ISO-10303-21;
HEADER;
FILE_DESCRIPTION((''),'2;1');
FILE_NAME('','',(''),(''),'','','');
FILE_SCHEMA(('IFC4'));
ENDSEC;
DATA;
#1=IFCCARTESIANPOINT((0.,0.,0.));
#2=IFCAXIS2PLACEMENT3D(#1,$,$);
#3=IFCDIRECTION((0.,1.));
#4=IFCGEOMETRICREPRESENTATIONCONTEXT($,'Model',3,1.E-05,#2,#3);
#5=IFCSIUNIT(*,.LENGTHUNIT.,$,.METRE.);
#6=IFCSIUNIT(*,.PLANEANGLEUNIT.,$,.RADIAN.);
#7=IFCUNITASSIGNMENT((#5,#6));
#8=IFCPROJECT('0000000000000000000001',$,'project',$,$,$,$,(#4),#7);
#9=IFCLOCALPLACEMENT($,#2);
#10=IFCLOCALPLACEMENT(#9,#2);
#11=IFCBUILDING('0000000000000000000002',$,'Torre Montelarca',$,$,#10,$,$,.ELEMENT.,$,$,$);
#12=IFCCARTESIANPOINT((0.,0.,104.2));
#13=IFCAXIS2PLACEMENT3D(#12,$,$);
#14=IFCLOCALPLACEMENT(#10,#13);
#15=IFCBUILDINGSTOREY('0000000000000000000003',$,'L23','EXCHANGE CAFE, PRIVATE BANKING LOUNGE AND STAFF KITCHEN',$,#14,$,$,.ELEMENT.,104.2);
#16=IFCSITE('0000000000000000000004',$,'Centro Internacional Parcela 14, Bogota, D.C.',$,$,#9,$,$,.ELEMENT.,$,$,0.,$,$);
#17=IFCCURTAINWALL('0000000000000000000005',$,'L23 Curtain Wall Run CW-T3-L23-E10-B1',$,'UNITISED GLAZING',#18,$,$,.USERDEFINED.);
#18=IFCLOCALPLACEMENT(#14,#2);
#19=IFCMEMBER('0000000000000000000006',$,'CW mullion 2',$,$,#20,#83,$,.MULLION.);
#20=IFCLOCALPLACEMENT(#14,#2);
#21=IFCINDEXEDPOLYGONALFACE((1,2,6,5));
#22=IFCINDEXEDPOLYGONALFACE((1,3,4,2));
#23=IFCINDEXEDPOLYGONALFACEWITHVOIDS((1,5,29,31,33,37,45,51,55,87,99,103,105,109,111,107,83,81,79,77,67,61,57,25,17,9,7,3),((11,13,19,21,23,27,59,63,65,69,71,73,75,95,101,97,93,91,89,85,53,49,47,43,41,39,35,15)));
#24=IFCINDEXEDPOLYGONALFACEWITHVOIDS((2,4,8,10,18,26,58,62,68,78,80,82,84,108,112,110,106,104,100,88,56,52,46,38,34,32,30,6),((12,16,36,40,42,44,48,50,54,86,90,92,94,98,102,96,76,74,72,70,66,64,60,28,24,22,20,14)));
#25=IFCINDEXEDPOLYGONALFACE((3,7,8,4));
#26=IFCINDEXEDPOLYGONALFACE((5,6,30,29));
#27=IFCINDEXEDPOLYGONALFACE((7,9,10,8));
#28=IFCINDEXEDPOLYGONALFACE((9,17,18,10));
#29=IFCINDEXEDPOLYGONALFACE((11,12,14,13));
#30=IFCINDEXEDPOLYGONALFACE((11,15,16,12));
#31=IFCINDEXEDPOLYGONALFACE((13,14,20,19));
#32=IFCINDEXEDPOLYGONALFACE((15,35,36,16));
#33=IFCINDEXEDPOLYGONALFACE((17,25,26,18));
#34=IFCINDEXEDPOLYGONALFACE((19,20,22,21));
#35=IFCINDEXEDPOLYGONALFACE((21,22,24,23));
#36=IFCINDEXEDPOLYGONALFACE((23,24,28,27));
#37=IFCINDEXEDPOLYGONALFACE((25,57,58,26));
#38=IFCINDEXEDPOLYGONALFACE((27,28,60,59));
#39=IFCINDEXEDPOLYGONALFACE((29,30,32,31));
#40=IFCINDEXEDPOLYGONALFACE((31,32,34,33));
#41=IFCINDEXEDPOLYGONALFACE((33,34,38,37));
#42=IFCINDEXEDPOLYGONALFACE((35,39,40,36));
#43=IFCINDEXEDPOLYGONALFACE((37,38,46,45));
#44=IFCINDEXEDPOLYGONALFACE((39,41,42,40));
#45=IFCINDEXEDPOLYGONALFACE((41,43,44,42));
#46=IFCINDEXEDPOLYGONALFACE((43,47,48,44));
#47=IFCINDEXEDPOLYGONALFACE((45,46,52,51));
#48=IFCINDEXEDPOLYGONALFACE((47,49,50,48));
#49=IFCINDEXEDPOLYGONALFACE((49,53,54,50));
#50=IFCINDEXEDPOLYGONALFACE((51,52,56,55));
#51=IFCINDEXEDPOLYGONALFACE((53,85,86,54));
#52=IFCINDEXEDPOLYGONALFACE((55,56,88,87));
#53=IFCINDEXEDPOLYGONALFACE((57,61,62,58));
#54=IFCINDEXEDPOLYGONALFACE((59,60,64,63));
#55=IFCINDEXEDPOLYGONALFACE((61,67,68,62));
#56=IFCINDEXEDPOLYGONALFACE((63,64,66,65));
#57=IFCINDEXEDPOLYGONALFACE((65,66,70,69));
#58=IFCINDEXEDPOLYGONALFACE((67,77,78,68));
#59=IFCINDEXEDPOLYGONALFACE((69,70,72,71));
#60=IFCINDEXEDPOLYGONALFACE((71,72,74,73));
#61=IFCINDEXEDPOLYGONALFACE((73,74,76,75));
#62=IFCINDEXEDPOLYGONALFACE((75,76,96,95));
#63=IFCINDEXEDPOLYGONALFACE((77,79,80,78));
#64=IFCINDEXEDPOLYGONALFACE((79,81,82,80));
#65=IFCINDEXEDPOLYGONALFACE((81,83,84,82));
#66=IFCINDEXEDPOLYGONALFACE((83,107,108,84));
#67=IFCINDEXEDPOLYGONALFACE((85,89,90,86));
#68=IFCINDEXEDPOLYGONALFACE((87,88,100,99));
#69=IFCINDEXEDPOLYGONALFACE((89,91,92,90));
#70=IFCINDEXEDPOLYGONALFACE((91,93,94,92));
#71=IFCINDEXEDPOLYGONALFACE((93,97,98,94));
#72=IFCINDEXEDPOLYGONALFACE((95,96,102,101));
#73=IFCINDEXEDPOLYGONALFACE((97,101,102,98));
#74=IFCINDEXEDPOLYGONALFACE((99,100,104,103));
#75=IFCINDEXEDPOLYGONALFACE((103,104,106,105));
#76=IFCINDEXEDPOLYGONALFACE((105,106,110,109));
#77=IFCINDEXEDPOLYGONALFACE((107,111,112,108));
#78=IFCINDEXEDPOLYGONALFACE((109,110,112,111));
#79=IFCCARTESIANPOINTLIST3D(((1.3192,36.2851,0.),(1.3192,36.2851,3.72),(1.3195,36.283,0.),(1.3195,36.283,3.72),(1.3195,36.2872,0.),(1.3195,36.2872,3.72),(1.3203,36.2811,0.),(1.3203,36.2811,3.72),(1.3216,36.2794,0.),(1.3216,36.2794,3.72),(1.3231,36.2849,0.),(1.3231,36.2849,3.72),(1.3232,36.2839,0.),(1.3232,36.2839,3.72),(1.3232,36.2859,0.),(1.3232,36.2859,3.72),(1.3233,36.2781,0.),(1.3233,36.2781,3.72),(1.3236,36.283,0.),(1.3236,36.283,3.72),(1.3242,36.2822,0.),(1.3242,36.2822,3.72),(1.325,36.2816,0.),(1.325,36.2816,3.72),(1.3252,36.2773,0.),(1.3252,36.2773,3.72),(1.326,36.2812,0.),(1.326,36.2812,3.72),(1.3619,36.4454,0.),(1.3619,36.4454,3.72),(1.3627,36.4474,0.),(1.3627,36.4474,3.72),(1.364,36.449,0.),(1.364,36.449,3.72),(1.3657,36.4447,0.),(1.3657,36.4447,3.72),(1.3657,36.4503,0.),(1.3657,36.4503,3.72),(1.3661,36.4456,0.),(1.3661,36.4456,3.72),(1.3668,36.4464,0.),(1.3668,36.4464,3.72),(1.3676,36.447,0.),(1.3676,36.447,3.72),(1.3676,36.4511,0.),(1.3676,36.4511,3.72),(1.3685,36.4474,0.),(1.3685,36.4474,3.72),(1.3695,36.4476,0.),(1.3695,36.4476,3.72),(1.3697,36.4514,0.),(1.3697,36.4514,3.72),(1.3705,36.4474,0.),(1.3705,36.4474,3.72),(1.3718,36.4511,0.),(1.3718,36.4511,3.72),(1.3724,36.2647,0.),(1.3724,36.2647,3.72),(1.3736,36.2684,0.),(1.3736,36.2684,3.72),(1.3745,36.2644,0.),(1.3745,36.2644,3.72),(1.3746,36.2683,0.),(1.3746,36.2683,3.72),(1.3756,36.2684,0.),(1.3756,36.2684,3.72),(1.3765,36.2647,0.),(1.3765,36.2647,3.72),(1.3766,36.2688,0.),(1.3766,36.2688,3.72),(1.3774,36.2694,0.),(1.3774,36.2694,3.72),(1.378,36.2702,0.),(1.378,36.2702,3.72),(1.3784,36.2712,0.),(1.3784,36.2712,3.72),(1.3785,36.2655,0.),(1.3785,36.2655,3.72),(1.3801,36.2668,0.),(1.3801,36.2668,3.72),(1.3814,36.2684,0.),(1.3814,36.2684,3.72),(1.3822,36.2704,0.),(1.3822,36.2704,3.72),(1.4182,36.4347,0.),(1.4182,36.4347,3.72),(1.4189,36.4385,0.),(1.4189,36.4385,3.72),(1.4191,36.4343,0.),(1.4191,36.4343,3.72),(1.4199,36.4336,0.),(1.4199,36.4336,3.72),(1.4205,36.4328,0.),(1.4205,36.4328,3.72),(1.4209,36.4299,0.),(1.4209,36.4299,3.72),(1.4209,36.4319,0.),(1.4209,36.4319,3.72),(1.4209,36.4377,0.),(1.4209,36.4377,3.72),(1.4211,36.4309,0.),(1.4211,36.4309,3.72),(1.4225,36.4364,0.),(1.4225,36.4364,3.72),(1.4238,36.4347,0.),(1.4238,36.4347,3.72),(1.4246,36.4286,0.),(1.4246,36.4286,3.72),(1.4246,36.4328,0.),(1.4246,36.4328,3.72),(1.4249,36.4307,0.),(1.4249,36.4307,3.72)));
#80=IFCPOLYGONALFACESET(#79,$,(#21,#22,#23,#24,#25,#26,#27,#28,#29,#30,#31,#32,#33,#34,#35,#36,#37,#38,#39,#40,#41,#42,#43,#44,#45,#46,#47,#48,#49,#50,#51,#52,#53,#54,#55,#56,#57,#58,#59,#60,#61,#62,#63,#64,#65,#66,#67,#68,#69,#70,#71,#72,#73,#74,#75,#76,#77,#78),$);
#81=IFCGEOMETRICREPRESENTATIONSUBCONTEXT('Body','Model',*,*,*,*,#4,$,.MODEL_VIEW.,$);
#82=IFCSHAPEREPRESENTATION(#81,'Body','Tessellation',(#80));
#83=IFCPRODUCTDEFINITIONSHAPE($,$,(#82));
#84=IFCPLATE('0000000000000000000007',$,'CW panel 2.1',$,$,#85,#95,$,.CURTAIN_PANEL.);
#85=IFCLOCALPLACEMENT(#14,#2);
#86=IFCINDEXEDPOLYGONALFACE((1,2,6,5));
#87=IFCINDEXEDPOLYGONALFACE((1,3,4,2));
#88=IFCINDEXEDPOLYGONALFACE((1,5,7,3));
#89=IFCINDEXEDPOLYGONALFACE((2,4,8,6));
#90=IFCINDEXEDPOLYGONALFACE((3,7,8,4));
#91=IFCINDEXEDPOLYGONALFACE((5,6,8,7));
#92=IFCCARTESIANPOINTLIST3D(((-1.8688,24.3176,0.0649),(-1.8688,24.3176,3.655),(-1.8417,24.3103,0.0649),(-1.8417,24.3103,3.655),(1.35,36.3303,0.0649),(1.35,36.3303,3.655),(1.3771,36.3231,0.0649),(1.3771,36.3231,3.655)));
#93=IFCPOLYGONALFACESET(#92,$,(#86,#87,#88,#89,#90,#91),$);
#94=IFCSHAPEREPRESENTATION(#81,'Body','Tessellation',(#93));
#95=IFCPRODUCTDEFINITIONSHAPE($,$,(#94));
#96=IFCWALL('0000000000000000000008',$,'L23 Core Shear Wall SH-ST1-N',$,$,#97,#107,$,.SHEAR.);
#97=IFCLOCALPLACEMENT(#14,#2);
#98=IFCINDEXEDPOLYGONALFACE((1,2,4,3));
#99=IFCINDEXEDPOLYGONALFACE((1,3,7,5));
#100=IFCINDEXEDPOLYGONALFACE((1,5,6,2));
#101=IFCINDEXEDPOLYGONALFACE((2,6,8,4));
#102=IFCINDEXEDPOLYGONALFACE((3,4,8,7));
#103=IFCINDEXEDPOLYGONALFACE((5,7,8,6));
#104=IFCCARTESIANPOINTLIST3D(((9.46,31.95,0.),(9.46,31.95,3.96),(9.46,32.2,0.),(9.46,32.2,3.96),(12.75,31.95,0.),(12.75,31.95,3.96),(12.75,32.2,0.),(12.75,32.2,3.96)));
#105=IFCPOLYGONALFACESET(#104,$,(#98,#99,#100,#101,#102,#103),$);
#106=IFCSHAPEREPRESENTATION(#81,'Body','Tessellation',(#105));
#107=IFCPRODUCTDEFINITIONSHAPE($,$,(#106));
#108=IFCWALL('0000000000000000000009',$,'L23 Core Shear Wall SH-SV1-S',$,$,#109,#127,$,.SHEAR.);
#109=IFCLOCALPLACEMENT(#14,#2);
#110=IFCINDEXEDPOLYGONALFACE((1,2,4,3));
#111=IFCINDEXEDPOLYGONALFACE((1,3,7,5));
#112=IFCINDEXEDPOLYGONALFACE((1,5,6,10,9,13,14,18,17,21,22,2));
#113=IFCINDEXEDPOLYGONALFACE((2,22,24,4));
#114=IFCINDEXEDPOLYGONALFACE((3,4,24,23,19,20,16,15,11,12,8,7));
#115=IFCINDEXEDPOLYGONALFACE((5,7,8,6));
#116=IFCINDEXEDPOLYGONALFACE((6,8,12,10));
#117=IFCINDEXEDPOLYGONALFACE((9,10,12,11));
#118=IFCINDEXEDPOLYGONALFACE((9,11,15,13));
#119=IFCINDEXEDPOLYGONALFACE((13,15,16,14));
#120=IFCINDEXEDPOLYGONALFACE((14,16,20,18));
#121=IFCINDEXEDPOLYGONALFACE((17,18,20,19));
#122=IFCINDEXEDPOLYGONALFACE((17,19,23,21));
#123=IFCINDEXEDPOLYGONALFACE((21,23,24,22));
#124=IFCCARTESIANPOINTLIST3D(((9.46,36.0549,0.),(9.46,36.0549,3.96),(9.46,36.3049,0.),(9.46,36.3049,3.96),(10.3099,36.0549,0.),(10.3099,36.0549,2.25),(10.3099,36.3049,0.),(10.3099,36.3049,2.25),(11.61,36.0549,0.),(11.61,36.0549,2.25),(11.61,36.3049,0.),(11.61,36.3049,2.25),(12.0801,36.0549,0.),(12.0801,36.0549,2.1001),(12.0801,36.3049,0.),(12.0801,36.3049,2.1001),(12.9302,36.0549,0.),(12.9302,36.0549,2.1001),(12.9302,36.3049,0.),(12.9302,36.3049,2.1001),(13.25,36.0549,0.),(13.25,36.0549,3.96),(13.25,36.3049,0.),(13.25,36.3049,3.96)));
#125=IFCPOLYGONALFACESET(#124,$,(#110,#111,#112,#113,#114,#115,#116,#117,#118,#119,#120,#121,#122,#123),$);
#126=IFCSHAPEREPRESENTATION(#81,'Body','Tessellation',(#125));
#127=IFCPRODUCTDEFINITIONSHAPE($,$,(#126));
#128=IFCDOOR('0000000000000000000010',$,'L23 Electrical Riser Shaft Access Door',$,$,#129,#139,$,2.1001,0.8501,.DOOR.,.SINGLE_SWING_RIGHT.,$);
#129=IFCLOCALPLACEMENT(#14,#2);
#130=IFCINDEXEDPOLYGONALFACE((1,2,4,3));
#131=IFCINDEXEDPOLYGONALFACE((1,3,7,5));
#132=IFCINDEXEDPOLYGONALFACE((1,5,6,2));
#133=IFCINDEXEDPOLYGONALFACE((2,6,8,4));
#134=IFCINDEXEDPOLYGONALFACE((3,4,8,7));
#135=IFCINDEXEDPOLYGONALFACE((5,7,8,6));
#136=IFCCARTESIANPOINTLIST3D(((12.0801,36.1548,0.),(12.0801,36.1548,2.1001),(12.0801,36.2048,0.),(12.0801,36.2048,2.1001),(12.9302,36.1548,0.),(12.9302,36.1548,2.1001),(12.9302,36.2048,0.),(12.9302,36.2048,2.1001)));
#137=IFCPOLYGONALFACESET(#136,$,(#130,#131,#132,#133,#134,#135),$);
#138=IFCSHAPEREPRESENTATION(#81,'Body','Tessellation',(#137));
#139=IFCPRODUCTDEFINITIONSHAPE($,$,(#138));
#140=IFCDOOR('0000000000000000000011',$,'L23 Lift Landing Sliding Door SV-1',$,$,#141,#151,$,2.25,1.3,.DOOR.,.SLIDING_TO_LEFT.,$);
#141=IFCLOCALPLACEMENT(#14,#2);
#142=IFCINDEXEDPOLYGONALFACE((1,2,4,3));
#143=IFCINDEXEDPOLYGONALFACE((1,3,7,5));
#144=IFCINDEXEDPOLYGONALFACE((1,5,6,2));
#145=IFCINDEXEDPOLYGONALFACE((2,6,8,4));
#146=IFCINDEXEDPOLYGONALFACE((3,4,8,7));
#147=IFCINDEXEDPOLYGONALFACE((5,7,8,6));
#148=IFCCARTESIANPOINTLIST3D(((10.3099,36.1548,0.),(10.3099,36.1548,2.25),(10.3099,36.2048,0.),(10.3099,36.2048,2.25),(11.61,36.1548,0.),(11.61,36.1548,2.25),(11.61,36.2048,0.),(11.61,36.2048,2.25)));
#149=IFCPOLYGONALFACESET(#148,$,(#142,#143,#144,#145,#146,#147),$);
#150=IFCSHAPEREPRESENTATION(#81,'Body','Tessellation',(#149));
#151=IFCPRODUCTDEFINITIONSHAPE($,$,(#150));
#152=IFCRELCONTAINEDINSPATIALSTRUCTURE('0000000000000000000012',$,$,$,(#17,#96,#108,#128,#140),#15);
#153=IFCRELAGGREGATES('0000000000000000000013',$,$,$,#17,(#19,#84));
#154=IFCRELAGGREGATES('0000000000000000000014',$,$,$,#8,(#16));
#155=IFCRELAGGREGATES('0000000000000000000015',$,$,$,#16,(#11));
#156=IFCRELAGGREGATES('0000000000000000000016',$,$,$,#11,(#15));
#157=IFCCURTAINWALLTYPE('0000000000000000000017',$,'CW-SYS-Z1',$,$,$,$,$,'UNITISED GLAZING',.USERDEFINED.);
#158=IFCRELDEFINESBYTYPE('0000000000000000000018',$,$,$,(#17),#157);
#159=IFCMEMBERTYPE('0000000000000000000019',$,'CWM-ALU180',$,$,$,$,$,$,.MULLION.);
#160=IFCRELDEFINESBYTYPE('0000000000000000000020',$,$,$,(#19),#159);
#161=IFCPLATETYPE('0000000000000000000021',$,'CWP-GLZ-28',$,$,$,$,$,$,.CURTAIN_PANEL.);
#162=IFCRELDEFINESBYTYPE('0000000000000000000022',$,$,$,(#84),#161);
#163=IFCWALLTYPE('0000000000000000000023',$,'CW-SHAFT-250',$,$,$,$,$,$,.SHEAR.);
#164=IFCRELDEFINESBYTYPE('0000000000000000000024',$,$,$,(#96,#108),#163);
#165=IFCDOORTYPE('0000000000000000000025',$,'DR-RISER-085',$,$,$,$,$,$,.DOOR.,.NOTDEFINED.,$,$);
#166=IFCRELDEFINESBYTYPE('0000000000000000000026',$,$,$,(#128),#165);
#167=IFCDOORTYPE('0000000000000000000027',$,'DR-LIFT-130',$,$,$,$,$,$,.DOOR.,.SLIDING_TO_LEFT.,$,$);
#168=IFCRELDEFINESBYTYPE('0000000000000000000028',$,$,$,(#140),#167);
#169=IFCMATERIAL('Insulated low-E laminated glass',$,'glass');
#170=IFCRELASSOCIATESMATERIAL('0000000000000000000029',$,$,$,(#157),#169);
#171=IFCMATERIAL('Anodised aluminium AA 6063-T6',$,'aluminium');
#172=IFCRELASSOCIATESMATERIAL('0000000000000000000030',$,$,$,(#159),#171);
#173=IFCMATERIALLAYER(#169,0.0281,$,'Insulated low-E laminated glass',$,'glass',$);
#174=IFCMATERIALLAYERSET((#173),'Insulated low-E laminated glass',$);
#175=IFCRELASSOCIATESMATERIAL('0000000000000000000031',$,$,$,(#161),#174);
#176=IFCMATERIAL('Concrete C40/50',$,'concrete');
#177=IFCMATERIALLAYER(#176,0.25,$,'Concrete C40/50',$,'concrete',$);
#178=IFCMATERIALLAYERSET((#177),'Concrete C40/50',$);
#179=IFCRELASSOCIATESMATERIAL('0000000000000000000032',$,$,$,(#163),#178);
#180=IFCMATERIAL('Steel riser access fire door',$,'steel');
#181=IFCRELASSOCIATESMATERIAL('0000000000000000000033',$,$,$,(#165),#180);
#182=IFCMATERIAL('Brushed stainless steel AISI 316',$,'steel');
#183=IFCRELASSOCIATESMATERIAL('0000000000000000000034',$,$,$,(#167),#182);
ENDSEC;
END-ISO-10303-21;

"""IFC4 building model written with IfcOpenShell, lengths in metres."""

from ifc_helpers import new_model, si_unit, direction, frame, frame_2d, origin, origin_2d, place, context, subcontext, project, spatial, rectangle, hollow_rectangle, extrude, source, transform, mapped, material, layer, layer_set, material_profile, profile_set, type_object, element, fill, aggregate, save


model = new_model("IFC4")

# Units and contexts
model_context = context("Model", 3, precision=1e-05, world=origin(), true_north=direction((0.0, 1.0)))
body_context = subcontext(model_context, "Body", "Model", "MODEL_VIEW")
ifc_project = project(units=[si_unit("LENGTHUNIT", "METRE"), si_unit("PLANEANGLEUNIT", "RADIAN")], contexts=[model_context])

# Site, building, storey
site_placement = place(None, origin())
site = spatial("IfcSite", under=ifc_project, at=site_placement, Name="Centro Internacional Parcela 14, Bogota, D.C.", CompositionType="ELEMENT", RefElevation=0.0)
building_placement = place(site_placement, origin())
building = spatial("IfcBuilding", under=site, at=building_placement, Name="Torre Montelarca", CompositionType="ELEMENT")
storey_placement = place(building_placement, frame((0.0, 0.0, 104.2)))
storey = spatial("IfcBuildingStorey", under=building, at=storey_placement, Name="L23", Description="EXCHANGE CAFE, PRIVATE BANKING LOUNGE AND STAFF KITCHEN", CompositionType="ELEMENT", Elevation=104.2)

# Curtain wall, member, plate
ifc_material_1 = material(Name="Insulated low-E laminated glass", Category="glass")
curtain_wall_type = type_object("IfcCurtainWallType", Name="CW-SYS-Z1", ElementType="UNITISED GLAZING", PredefinedType="USERDEFINED", material=ifc_material_1)
curtain_wall_placement = place(storey_placement, origin())
curtain_wall = element("IfcCurtainWall", 1, at=curtain_wall_placement, inside=storey, type_object=curtain_wall_type, Name="L23 Curtain Wall Run CW-T3-L23-E10-B1", ObjectType="UNITISED GLAZING", PredefinedType="USERDEFINED")
ifc_material_2 = material(Name="Anodised aluminium AA 6063-T6", Category="aluminium")
ifc_material_profile_1 = material_profile(ifc_material_2, hollow_rectangle(XDim=0.0649, YDim=0.1799, WallThickness=0.0039, InnerFilletRadius=0.0039, OuterFilletRadius=0.0081, at=origin_2d()), Name="ALU65X180X4", Category="aluminium")
ifc_profile_set_1 = profile_set([ifc_material_profile_1], Name="Anodised aluminium AA 6063-T6")
member_type_1 = type_object("IfcMemberType", Name="CWM-ALU180", PredefinedType="MULLION", material=ifc_profile_set_1)
shared_shape_1 = source(origin(), body_context, "Body", "SweptSolid", [
    extrude(hollow_rectangle(XDim=0.0649, YDim=0.1799, WallThickness=0.0039, InnerFilletRadius=0.0039, OuterFilletRadius=0.0081, at=origin_2d()), origin(), (0.0, 0.0, 1.0), 3.72),
])
member_1_placement = place(storey_placement, frame((1.3721, 36.3579, 0.0), z_axis=(0.0, 0.0, 1.0), x_axis=(0.965926, -0.258818, 0.0)))
member_1 = element("IfcMember", 2, at=member_1_placement, type_object=member_type_1, Name="CW mullion 2", PredefinedType="MULLION", context=body_context, shape_type="MappedRepresentation", body=[
    mapped(shared_shape_1, transform((0.0, 0.0, 0.0), scale=1.0)),
])
ifc_layer_1 = layer(ifc_material_1, 0.0281, Name="Insulated low-E laminated glass", Category="glass")
ifc_layer_set_1 = layer_set([ifc_layer_1], Name="Insulated low-E laminated glass")
plate_type = type_object("IfcPlateType", Name="CWP-GLZ-28", PredefinedType="CURTAIN_PANEL", material=ifc_layer_set_1)
shared_shape_2 = source(origin(), body_context, "Body", "SweptSolid", [
    extrude(rectangle(XDim=12.4365, YDim=0.0281, at=origin_2d()), origin(), (0.0, 0.0, 1.0), 3.5901),
])
plate_placement = place(storey_placement, frame((-0.2458, 30.3203, 0.0649), z_axis=(0.0, 0.0, 1.0), x_axis=(-0.258818, -0.965926, 0.0)))
plate = element("IfcPlate", 3, at=plate_placement, type_object=plate_type, Name="CW panel 2.1", PredefinedType="CURTAIN_PANEL", context=body_context, shape_type="MappedRepresentation", body=[
    mapped(shared_shape_2, transform((0.0, 0.0, 0.0), scale=1.0)),
])
aggregate(curtain_wall, [member_1, plate])

# Wall
ifc_material_3 = material(Name="Concrete C40/50", Category="concrete")
ifc_layer_2 = layer(ifc_material_3, 0.25, Name="Concrete C40/50", Category="concrete")
ifc_layer_set_2 = layer_set([ifc_layer_2], Name="Concrete C40/50")
wall_type_1 = type_object("IfcWallType", Name="CW-SHAFT-250", PredefinedType="SHEAR", material=ifc_layer_set_2)
wall_1_placement = place(storey_placement, frame((9.46, 32.075, 0.0), z_axis=(0.0, 0.0, 1.0), x_axis=(1.0, 0.0, 0.0)))
element("IfcWall", 4, at=wall_1_placement, inside=storey, type_object=wall_type_1, Name="L23 Core Shear Wall SH-ST1-N", PredefinedType="SHEAR", context=body_context, shape_type="SweptSolid", body=[
    extrude(rectangle(XDim=3.29, YDim=0.25, at=frame_2d((1.645, 0.0))), origin(), (0.0, 0.0, 1.0), 3.96),
])

# Wall, openings, doors
wall_2_placement = place(storey_placement, frame((9.46, 36.1799, 0.0), z_axis=(0.0, 0.0, 1.0), x_axis=(1.0, 0.0, 0.0)))
wall_2 = element("IfcWall", 5, at=wall_2_placement, inside=storey, type_object=wall_type_1, Name="L23 Core Shear Wall SH-SV1-S", PredefinedType="SHEAR", context=body_context, shape_type="SweptSolid", body=[
    extrude(rectangle(XDim=3.79, YDim=0.25, at=frame_2d((1.895, 0.0))), origin(), (0.0, 0.0, 1.0), 3.96),
])
opening_1_placement = place(wall_2_placement, frame((2.6201, 0.0, 0.0)))
opening_1 = element("IfcOpeningElement", 6, at=opening_1_placement, cuts=wall_2, PredefinedType="OPENING", context=body_context, shape_type="SweptSolid", body=[
    extrude(rectangle(XDim=0.8501, YDim=2.1001, at=frame_2d((0.425, 1.05))), frame((0.0, 0.135, 0.0), z_axis=(0.0, -1.0, 0.0), x_axis=(1.0, 0.0, 0.0)), (0.0, 0.0, 1.0), 0.27),
])
opening_2_placement = place(wall_2_placement, frame((0.8501, 0.0, 0.0)))
opening_2 = element("IfcOpeningElement", 7, at=opening_2_placement, cuts=wall_2, PredefinedType="OPENING", context=body_context, shape_type="SweptSolid", body=[
    extrude(rectangle(XDim=1.3, YDim=2.25, at=frame_2d((0.6499, 1.125))), frame((0.0, 0.135, 0.0), z_axis=(0.0, -1.0, 0.0), x_axis=(1.0, 0.0, 0.0)), (0.0, 0.0, 1.0), 0.27),
])
ifc_material_4 = material(Name="Steel riser access fire door", Category="steel")
door_type_1 = type_object("IfcDoorType", Name="DR-RISER-085", OperationType="NOTDEFINED", PredefinedType="DOOR", material=ifc_material_4)
shared_shape_3 = source(origin(), body_context, "Body", "SweptSolid", [
    extrude(rectangle(XDim=0.8501, YDim=2.1001, at=frame_2d((0.425, 1.05))), frame((0.0, 0.0249, 0.0), z_axis=(0.0, -1.0, 0.0), x_axis=(1.0, 0.0, 0.0)), (0.0, 0.0, 1.0), 0.05),
])
door_1_placement = place(opening_1_placement, origin())
door_1 = element("IfcDoor", 8, at=door_1_placement, inside=storey, type_object=door_type_1, Name="L23 Electrical Riser Shaft Access Door", OperationType="SINGLE_SWING_RIGHT", OverallHeight=2.1001, OverallWidth=0.8501, PredefinedType="DOOR", context=body_context, shape_type="MappedRepresentation", body=[
    mapped(shared_shape_3, transform((0.0, 0.0, 0.0), scale=1.0)),
])
fill(opening_1, door_1)
ifc_material_5 = material(Name="Brushed stainless steel AISI 316", Category="steel")
door_type_2 = type_object("IfcDoorType", Name="DR-LIFT-130", OperationType="SLIDING_TO_LEFT", PredefinedType="DOOR", material=ifc_material_5)
shared_shape_4 = source(origin(), body_context, "Body", "SweptSolid", [
    extrude(rectangle(XDim=1.3, YDim=2.25, at=frame_2d((0.6499, 1.125))), frame((0.0, 0.0249, 0.0), z_axis=(0.0, -1.0, 0.0), x_axis=(1.0, 0.0, 0.0)), (0.0, 0.0, 1.0), 0.05),
])
door_2_placement = place(opening_2_placement, origin())
door_2 = element("IfcDoor", 9, at=door_2_placement, inside=storey, type_object=door_type_2, Name="L23 Lift Landing Sliding Door SV-1", OperationType="SLIDING_TO_LEFT", OverallHeight=2.25, OverallWidth=1.3, PredefinedType="DOOR", context=body_context, shape_type="MappedRepresentation", body=[
    mapped(shared_shape_4, transform((0.0, 0.0, 0.0), scale=1.0)),
])
fill(opening_2, door_2)

save(model, "model.ifc")
